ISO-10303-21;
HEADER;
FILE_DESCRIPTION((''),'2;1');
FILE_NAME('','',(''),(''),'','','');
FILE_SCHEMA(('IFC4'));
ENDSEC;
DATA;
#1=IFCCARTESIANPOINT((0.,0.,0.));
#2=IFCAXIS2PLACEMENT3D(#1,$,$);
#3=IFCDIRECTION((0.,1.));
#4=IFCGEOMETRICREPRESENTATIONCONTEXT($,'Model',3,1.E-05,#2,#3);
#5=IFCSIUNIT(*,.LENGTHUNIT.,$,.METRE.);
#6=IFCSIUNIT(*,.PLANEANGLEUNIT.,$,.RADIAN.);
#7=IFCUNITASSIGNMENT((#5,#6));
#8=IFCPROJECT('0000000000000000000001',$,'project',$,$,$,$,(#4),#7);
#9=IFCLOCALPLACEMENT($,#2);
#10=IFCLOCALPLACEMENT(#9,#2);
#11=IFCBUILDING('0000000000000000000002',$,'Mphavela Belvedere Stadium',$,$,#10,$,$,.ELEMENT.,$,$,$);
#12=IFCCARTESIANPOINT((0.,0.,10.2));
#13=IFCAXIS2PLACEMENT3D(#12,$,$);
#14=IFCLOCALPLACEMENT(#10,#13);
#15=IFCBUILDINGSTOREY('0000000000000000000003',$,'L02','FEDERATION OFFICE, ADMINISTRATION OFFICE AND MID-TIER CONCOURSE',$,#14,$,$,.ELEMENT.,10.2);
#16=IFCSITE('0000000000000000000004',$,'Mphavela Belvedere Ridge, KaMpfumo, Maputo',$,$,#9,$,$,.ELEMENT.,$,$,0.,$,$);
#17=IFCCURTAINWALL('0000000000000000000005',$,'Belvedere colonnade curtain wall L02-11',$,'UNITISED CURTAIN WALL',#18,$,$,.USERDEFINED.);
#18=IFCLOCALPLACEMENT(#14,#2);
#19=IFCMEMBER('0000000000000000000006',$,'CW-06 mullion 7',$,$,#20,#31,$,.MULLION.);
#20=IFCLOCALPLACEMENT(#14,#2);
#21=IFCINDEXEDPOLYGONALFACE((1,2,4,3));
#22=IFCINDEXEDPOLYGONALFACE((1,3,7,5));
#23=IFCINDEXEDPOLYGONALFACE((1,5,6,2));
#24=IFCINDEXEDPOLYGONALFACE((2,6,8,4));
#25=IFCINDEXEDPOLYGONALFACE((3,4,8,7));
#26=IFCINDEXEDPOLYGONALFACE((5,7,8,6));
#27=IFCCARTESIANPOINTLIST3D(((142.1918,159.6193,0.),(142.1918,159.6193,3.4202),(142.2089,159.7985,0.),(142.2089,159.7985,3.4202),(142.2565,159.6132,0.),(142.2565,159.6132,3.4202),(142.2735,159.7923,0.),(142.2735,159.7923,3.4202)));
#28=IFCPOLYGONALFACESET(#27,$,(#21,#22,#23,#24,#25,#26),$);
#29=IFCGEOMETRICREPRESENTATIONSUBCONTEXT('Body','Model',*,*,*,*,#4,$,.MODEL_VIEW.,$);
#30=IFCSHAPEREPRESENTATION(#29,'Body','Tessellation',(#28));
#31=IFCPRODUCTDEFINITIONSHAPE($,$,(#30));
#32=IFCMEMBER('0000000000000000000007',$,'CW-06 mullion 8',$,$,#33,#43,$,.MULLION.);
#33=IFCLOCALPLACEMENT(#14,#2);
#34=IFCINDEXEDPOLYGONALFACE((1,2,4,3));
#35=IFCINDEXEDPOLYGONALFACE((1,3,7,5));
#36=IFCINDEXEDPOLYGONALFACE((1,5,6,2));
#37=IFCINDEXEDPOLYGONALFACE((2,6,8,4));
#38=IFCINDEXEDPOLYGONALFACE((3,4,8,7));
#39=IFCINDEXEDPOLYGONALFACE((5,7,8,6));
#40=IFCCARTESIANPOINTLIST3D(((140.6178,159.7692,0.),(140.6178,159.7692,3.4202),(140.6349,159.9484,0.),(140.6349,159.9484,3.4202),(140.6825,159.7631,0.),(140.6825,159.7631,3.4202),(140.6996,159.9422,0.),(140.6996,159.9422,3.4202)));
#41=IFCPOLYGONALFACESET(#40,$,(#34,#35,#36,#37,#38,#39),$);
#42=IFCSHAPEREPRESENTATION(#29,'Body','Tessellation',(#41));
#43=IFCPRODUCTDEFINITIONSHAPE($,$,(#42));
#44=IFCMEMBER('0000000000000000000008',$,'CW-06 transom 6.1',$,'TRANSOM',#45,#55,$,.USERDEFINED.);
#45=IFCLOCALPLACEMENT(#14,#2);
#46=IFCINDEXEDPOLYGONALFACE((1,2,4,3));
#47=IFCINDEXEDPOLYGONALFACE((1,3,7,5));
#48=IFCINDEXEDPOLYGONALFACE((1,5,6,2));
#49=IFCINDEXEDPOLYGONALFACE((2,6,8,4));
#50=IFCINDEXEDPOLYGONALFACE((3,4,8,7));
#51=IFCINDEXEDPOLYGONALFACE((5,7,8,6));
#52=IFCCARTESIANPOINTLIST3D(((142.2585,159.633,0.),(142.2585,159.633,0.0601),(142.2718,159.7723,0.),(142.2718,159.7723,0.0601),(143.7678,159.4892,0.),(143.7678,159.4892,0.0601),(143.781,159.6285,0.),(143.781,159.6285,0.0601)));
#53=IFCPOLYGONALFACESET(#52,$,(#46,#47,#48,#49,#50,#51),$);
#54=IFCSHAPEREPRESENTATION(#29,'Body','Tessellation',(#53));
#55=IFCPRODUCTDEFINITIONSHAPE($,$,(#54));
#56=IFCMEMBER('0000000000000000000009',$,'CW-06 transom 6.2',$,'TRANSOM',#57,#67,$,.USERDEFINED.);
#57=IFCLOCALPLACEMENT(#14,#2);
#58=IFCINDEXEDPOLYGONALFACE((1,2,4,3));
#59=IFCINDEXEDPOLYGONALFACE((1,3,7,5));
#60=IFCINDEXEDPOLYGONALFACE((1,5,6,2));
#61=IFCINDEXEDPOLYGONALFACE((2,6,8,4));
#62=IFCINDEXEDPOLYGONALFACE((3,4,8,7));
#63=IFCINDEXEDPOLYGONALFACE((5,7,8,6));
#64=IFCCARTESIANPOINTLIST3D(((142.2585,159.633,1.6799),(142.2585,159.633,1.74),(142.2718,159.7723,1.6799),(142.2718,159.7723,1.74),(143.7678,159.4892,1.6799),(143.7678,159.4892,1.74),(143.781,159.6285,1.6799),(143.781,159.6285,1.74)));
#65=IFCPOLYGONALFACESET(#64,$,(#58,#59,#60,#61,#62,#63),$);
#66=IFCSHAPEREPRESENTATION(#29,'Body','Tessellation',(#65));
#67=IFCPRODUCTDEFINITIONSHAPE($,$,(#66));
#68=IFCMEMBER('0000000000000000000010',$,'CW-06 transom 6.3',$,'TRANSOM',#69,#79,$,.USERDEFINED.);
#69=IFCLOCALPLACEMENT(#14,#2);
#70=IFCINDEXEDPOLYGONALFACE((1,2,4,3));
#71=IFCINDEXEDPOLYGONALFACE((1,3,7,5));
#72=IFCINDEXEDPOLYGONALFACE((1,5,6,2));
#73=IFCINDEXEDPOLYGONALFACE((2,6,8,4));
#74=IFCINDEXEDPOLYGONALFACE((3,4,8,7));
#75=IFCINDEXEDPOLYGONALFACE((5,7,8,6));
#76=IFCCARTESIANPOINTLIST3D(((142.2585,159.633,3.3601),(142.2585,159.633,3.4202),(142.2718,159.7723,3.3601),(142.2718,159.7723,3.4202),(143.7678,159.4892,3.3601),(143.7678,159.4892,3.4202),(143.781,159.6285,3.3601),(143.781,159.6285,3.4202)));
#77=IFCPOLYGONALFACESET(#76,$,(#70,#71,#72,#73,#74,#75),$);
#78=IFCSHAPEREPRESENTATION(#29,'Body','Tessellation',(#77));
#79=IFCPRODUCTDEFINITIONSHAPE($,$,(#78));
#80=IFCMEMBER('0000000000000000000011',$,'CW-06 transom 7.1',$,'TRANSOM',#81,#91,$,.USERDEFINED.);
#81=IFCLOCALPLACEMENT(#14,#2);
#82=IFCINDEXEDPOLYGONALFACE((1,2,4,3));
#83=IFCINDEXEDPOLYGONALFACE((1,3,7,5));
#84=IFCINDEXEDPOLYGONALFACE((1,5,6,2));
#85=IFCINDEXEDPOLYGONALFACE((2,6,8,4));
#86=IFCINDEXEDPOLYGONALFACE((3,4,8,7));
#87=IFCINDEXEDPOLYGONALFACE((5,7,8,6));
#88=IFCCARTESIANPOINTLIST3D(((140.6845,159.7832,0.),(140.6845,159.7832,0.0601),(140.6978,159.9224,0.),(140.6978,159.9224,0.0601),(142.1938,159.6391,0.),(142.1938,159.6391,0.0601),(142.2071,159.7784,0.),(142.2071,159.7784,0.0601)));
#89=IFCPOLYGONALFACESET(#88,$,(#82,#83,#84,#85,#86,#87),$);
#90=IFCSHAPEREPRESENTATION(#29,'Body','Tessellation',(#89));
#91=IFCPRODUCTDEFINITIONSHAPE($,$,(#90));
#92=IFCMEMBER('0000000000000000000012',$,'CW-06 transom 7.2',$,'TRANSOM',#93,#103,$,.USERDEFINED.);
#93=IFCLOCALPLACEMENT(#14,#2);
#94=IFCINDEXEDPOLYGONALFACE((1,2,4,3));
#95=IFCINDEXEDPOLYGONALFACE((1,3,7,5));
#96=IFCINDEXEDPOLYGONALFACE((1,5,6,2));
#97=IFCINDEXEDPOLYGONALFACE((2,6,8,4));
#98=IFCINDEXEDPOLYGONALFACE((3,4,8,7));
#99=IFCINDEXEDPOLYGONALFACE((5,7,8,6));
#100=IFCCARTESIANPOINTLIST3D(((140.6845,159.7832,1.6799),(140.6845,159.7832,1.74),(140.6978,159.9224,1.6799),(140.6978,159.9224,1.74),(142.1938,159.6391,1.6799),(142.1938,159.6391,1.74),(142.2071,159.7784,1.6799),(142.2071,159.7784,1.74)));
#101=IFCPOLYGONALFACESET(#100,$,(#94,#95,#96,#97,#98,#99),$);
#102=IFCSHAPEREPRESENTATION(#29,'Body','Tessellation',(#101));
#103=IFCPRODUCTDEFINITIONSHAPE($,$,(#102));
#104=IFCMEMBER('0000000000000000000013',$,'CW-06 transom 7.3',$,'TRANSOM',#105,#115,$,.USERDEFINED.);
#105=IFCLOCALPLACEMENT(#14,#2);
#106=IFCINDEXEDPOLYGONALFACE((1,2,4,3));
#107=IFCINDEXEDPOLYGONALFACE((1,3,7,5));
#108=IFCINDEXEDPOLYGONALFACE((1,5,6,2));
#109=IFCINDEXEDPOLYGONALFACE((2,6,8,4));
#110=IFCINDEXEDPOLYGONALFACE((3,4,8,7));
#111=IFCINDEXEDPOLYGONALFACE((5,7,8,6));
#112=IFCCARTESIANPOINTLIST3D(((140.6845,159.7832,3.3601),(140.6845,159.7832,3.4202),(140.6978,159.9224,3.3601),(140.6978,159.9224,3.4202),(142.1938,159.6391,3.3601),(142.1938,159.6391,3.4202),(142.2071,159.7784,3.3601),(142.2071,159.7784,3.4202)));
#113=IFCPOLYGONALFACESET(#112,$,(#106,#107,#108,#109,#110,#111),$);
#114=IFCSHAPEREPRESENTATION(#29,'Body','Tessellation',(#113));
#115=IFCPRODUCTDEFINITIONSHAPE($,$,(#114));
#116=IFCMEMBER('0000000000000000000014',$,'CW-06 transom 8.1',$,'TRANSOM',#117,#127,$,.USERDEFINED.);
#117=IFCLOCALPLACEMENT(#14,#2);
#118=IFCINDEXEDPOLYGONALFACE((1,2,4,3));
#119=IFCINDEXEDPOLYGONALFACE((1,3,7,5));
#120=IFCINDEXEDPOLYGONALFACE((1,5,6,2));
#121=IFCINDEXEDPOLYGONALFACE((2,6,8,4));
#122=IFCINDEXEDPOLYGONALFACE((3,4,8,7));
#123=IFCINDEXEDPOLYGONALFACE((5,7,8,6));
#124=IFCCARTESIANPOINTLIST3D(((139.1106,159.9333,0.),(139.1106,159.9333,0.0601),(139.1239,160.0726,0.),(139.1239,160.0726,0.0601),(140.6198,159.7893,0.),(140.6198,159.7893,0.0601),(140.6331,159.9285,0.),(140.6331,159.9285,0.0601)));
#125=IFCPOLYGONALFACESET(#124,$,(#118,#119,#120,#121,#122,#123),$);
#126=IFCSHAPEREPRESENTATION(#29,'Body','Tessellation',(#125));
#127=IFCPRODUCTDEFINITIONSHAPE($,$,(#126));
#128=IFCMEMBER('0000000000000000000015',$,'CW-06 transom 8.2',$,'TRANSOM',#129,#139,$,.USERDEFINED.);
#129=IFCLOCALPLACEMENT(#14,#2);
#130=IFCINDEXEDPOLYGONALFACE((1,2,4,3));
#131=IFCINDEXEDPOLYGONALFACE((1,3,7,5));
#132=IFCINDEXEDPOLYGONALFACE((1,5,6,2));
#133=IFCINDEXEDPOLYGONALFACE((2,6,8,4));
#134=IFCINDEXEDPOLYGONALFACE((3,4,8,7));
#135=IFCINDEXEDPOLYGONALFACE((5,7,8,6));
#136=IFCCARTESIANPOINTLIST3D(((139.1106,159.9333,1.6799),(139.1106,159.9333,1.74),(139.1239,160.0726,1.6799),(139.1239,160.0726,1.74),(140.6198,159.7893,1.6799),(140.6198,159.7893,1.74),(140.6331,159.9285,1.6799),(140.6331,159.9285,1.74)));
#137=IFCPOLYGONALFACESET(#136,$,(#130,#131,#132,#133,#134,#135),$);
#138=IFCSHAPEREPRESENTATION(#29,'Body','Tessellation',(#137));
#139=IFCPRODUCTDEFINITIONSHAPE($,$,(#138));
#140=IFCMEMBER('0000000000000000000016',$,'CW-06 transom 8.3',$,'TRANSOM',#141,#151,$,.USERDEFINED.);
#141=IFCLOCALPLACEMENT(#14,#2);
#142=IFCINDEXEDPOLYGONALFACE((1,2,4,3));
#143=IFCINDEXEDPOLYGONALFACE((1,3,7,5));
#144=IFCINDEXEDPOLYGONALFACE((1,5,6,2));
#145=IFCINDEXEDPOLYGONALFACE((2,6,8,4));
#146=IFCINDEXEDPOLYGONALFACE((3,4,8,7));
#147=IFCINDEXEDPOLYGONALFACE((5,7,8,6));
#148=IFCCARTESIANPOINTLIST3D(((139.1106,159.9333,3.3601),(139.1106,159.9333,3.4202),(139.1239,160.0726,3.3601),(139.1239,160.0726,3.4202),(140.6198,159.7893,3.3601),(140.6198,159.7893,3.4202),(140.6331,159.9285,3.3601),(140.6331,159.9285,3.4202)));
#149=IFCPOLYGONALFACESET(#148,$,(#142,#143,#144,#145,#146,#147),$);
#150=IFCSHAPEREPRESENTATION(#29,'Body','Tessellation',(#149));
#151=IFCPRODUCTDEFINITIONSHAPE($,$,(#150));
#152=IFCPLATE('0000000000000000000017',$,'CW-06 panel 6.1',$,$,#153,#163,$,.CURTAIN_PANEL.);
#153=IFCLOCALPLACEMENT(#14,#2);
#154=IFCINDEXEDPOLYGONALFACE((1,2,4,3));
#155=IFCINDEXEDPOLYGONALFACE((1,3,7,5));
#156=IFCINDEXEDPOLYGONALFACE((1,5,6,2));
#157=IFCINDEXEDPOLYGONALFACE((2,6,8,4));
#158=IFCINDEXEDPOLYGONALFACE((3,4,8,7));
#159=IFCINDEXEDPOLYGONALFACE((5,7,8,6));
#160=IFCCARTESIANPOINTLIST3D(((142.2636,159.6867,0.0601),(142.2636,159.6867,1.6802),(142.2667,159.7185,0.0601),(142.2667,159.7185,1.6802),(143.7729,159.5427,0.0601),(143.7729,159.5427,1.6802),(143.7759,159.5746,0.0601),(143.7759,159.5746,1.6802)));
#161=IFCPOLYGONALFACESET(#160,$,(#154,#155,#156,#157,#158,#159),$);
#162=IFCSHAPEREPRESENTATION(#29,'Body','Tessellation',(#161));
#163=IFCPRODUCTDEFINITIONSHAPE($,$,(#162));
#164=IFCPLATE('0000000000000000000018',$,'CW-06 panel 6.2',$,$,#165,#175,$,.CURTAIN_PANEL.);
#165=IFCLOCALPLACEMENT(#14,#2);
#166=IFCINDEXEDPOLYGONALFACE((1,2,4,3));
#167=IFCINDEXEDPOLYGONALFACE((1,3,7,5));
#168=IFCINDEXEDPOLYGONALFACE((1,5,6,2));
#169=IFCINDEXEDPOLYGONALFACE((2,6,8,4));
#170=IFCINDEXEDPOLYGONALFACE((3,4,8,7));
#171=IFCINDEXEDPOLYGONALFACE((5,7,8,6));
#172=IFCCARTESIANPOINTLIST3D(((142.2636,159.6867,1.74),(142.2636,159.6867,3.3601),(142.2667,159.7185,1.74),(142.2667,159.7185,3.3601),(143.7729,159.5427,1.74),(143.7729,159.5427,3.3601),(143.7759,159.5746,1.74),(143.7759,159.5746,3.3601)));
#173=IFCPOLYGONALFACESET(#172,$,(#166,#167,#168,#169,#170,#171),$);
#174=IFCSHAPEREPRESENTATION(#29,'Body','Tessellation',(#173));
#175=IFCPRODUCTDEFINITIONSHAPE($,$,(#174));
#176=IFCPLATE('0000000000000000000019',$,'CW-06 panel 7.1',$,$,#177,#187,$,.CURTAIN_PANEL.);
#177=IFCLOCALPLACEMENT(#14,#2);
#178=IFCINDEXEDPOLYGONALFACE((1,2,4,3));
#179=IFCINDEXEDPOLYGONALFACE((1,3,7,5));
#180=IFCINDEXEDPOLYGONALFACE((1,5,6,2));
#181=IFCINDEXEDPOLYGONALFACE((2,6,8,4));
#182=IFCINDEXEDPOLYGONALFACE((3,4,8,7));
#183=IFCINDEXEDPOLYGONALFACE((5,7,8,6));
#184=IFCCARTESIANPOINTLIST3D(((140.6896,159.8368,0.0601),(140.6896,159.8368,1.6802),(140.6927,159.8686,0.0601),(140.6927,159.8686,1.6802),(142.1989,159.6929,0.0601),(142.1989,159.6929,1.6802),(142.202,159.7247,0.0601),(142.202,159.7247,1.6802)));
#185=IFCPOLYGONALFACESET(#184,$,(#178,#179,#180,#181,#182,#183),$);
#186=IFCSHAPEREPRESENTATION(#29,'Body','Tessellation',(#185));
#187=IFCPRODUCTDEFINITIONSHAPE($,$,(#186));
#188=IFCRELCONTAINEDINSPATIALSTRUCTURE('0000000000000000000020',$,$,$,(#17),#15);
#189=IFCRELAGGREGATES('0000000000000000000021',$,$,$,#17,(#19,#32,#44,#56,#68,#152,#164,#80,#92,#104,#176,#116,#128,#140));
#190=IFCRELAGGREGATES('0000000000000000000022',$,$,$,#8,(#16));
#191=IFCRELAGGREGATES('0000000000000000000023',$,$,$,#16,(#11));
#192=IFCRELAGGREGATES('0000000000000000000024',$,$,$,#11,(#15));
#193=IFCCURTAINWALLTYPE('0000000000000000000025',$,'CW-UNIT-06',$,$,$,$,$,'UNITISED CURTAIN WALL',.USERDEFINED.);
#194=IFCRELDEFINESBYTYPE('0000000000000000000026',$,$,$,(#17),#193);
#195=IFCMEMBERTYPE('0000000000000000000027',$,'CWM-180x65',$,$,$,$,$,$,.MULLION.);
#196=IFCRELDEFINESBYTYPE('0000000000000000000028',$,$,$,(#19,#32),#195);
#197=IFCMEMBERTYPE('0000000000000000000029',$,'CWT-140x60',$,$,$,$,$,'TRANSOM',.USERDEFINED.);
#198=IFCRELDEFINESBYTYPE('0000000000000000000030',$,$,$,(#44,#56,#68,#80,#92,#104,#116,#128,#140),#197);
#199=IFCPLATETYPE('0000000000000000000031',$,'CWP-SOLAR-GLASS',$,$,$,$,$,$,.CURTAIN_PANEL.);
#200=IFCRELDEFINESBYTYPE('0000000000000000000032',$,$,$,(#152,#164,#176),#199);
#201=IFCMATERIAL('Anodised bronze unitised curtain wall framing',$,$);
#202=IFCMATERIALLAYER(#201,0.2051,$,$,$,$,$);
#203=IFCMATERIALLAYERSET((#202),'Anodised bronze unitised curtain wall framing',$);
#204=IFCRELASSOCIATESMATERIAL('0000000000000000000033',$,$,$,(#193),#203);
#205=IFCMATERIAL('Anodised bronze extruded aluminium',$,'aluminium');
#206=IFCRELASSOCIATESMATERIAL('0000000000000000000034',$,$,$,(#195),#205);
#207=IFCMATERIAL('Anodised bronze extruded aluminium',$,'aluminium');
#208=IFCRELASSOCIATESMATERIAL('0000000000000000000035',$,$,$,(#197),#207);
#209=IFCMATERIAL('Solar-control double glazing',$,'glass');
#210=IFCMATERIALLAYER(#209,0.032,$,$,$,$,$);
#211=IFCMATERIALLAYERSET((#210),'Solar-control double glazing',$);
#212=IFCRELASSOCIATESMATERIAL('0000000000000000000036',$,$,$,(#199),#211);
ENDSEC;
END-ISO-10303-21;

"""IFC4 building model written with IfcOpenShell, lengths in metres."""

from ifc_helpers import new_model, si_unit, direction, frame, origin, origin_2d, place, context, subcontext, project, spatial, rectangle, extrude, material, layer, layer_set, material_profile, profile_set, type_object, element, aggregate, save


model = new_model("IFC4")

# Units and contexts
model_context = context("Model", 3, precision=1e-05, world=origin(), true_north=direction((0.0, 1.0)))
body_context = subcontext(model_context, "Body", "Model", "MODEL_VIEW")
ifc_project = project(units=[si_unit("LENGTHUNIT", "METRE"), si_unit("PLANEANGLEUNIT", "RADIAN")], contexts=[model_context])

# Site, building, storey
site_placement = place(None, origin())
site = spatial("IfcSite", under=ifc_project, at=site_placement, Name="Mphavela Belvedere Ridge, KaMpfumo, Maputo", CompositionType="ELEMENT", RefElevation=0.0)
building_placement = place(site_placement, origin())
building = spatial("IfcBuilding", under=site, at=building_placement, Name="Mphavela Belvedere Stadium", CompositionType="ELEMENT")
storey_placement = place(building_placement, frame((0.0, 0.0, 10.2)))
storey = spatial("IfcBuildingStorey", under=building, at=storey_placement, Name="L02", Description="FEDERATION OFFICE, ADMINISTRATION OFFICE AND MID-TIER CONCOURSE", CompositionType="ELEMENT", Elevation=10.2)

# Curtain wall, members, plates
ifc_material_1 = material(Name="Anodised bronze unitised curtain wall framing")
ifc_layer_1 = layer(ifc_material_1, 0.2051)
ifc_layer_set_1 = layer_set([ifc_layer_1], Name="Anodised bronze unitised curtain wall framing")
curtain_wall_type = type_object("IfcCurtainWallType", Name="CW-UNIT-06", ElementType="UNITISED CURTAIN WALL", PredefinedType="USERDEFINED", material=ifc_layer_set_1)
curtain_wall_placement = place(storey_placement, origin())
curtain_wall = element("IfcCurtainWall", 1, at=curtain_wall_placement, inside=storey, type_object=curtain_wall_type, Name="Belvedere colonnade curtain wall L02-11", ObjectType="UNITISED CURTAIN WALL", PredefinedType="USERDEFINED")
ifc_material_2 = material(Name="Anodised bronze extruded aluminium", Category="aluminium")
ifc_material_profile_1 = material_profile(ifc_material_2, rectangle(XDim=0.1799, YDim=0.0649, at=origin_2d()), Name="CW-MUL 180x65")
ifc_profile_set_1 = profile_set([ifc_material_profile_1], Name="Anodised bronze extruded aluminium")
member_type_1 = type_object("IfcMemberType", Name="CWM-180x65", PredefinedType="MULLION", material=ifc_profile_set_1)
member_1_placement = place(storey_placement, frame((142.2327, 159.7058, 0.0), z_axis=(0.0, 0.0, 1.0), x_axis=(-0.094926, -0.995484, 0.0)))
member_1 = element("IfcMember", 2, at=member_1_placement, type_object=member_type_1, Name="CW-06 mullion 7", PredefinedType="MULLION", context=body_context, shape_type="SweptSolid", body=[
    extrude(rectangle(XDim=0.1799, YDim=0.0649, at=origin_2d()), origin(), (0.0, 0.0, 1.0), 3.4202),
])
member_2_placement = place(storey_placement, frame((140.6587, 159.8557, 0.0), z_axis=(0.0, 0.0, 1.0), x_axis=(-0.094926, -0.995484, 0.0)))
member_2 = element("IfcMember", 3, at=member_2_placement, type_object=member_type_1, Name="CW-06 mullion 8", PredefinedType="MULLION", context=body_context, shape_type="SweptSolid", body=[
    extrude(rectangle(XDim=0.1799, YDim=0.0649, at=origin_2d()), origin(), (0.0, 0.0, 1.0), 3.4202),
])
ifc_material_3 = material(Name="Anodised bronze extruded aluminium", Category="aluminium")
ifc_material_profile_2 = material_profile(ifc_material_3, rectangle(XDim=0.1399, YDim=0.0601, at=origin_2d()), Name="CW-TRN 140x60")
ifc_profile_set_2 = profile_set([ifc_material_profile_2], Name="Anodised bronze extruded aluminium")
member_type_2 = type_object("IfcMemberType", Name="CWT-140x60", ElementType="TRANSOM", PredefinedType="USERDEFINED", material=ifc_profile_set_2)
member_3_placement = place(storey_placement, frame((143.7744, 159.5588, 0.03), z_axis=(-0.995492, 0.094847, 0.0), x_axis=(-0.094847, -0.995492, 0.0)))
member_3 = element("IfcMember", 4, at=member_3_placement, type_object=member_type_2, Name="CW-06 transom 6.1", ObjectType="TRANSOM", PredefinedType="USERDEFINED", context=body_context, shape_type="SweptSolid", body=[
    extrude(rectangle(XDim=0.1399, YDim=0.0601, at=origin_2d()), origin(), (0.0, 0.0, 1.0), 1.5161),
])
member_4_placement = place(storey_placement, frame((143.7744, 159.5588, 1.71), z_axis=(-0.995492, 0.094847, 0.0), x_axis=(-0.094847, -0.995492, 0.0)))
member_4 = element("IfcMember", 5, at=member_4_placement, type_object=member_type_2, Name="CW-06 transom 6.2", ObjectType="TRANSOM", PredefinedType="USERDEFINED", context=body_context, shape_type="SweptSolid", body=[
    extrude(rectangle(XDim=0.1399, YDim=0.0601, at=origin_2d()), origin(), (0.0, 0.0, 1.0), 1.5161),
])
member_5_placement = place(storey_placement, frame((143.7744, 159.5588, 3.3901), z_axis=(-0.995492, 0.094847, 0.0), x_axis=(-0.094847, -0.995492, 0.0)))
member_5 = element("IfcMember", 6, at=member_5_placement, type_object=member_type_2, Name="CW-06 transom 6.3", ObjectType="TRANSOM", PredefinedType="USERDEFINED", context=body_context, shape_type="SweptSolid", body=[
    extrude(rectangle(XDim=0.1399, YDim=0.0601, at=origin_2d()), origin(), (0.0, 0.0, 1.0), 1.5161),
])
member_6_placement = place(storey_placement, frame((142.2004, 159.7087, 0.03), z_axis=(-0.995477, 0.095007, 0.0), x_axis=(-0.095007, -0.995477, 0.0)))
member_6 = element("IfcMember", 7, at=member_6_placement, type_object=member_type_2, Name="CW-06 transom 7.1", ObjectType="TRANSOM", PredefinedType="USERDEFINED", context=body_context, shape_type="SweptSolid", body=[
    extrude(rectangle(XDim=0.1399, YDim=0.0601, at=origin_2d()), origin(), (0.0, 0.0, 1.0), 1.5161),
])
member_7_placement = place(storey_placement, frame((142.2004, 159.7087, 1.71), z_axis=(-0.995477, 0.095007, 0.0), x_axis=(-0.095007, -0.995477, 0.0)))
member_7 = element("IfcMember", 8, at=member_7_placement, type_object=member_type_2, Name="CW-06 transom 7.2", ObjectType="TRANSOM", PredefinedType="USERDEFINED", context=body_context, shape_type="SweptSolid", body=[
    extrude(rectangle(XDim=0.1399, YDim=0.0601, at=origin_2d()), origin(), (0.0, 0.0, 1.0), 1.5161),
])
member_8_placement = place(storey_placement, frame((142.2004, 159.7087, 3.3901), z_axis=(-0.995477, 0.095007, 0.0), x_axis=(-0.095007, -0.995477, 0.0)))
member_8 = element("IfcMember", 9, at=member_8_placement, type_object=member_type_2, Name="CW-06 transom 7.3", ObjectType="TRANSOM", PredefinedType="USERDEFINED", context=body_context, shape_type="SweptSolid", body=[
    extrude(rectangle(XDim=0.1399, YDim=0.0601, at=origin_2d()), origin(), (0.0, 0.0, 1.0), 1.5161),
])
member_9_placement = place(storey_placement, frame((140.6265, 159.8589, 0.03), z_axis=(-0.995477, 0.095007, 0.0), x_axis=(-0.095007, -0.995477, 0.0)))
member_9 = element("IfcMember", 10, at=member_9_placement, type_object=member_type_2, Name="CW-06 transom 8.1", ObjectType="TRANSOM", PredefinedType="USERDEFINED", context=body_context, shape_type="SweptSolid", body=[
    extrude(rectangle(XDim=0.1399, YDim=0.0601, at=origin_2d()), origin(), (0.0, 0.0, 1.0), 1.5161),
])
member_10_placement = place(storey_placement, frame((140.6265, 159.8589, 1.71), z_axis=(-0.995477, 0.095007, 0.0), x_axis=(-0.095007, -0.995477, 0.0)))
member_10 = element("IfcMember", 11, at=member_10_placement, type_object=member_type_2, Name="CW-06 transom 8.2", ObjectType="TRANSOM", PredefinedType="USERDEFINED", context=body_context, shape_type="SweptSolid", body=[
    extrude(rectangle(XDim=0.1399, YDim=0.0601, at=origin_2d()), origin(), (0.0, 0.0, 1.0), 1.5161),
])
member_11_placement = place(storey_placement, frame((140.6265, 159.8589, 3.3901), z_axis=(-0.995477, 0.095007, 0.0), x_axis=(-0.095007, -0.995477, 0.0)))
member_11 = element("IfcMember", 12, at=member_11_placement, type_object=member_type_2, Name="CW-06 transom 8.3", ObjectType="TRANSOM", PredefinedType="USERDEFINED", context=body_context, shape_type="SweptSolid", body=[
    extrude(rectangle(XDim=0.1399, YDim=0.0601, at=origin_2d()), origin(), (0.0, 0.0, 1.0), 1.5161),
])
ifc_material_4 = material(Name="Solar-control double glazing", Category="glass")
ifc_layer_2 = layer(ifc_material_4, 0.032)
ifc_layer_set_2 = layer_set([ifc_layer_2], Name="Solar-control double glazing")
plate_type = type_object("IfcPlateType", Name="CWP-SOLAR-GLASS", PredefinedType="CURTAIN_PANEL", material=ifc_layer_set_2)
plate_1_placement = place(storey_placement, frame((143.0198, 159.6306, 0.0601), z_axis=(0.0, 0.0, 1.0), x_axis=(-0.995484, 0.094926, 0.0)))
plate_1 = element("IfcPlate", 13, at=plate_1_placement, type_object=plate_type, Name="CW-06 panel 6.1", PredefinedType="CURTAIN_PANEL", context=body_context, shape_type="SweptSolid", body=[
    extrude(rectangle(XDim=1.5161, YDim=0.032, at=origin_2d()), origin(), (0.0, 0.0, 1.0), 1.6201),
])
plate_2_placement = place(storey_placement, frame((143.0198, 159.6306, 1.74), z_axis=(0.0, 0.0, 1.0), x_axis=(-0.995484, 0.094926, 0.0)))
plate_2 = element("IfcPlate", 14, at=plate_2_placement, type_object=plate_type, Name="CW-06 panel 6.2", PredefinedType="CURTAIN_PANEL", context=body_context, shape_type="SweptSolid", body=[
    extrude(rectangle(XDim=1.5161, YDim=0.032, at=origin_2d()), origin(), (0.0, 0.0, 1.0), 1.6201),
])
plate_3_placement = place(storey_placement, frame((141.4458, 159.7808, 0.0601), z_axis=(0.0, 0.0, 1.0), x_axis=(-0.995484, 0.094926, 0.0)))
plate_3 = element("IfcPlate", 15, at=plate_3_placement, type_object=plate_type, Name="CW-06 panel 7.1", PredefinedType="CURTAIN_PANEL", context=body_context, shape_type="SweptSolid", body=[
    extrude(rectangle(XDim=1.5161, YDim=0.032, at=origin_2d()), origin(), (0.0, 0.0, 1.0), 1.6201),
])
aggregate(curtain_wall, [member_1, member_2, member_3, member_4, member_5, plate_1, plate_2, member_6, member_7, member_8, plate_3, member_9, member_10, member_11])

save(model, "model.ifc")
